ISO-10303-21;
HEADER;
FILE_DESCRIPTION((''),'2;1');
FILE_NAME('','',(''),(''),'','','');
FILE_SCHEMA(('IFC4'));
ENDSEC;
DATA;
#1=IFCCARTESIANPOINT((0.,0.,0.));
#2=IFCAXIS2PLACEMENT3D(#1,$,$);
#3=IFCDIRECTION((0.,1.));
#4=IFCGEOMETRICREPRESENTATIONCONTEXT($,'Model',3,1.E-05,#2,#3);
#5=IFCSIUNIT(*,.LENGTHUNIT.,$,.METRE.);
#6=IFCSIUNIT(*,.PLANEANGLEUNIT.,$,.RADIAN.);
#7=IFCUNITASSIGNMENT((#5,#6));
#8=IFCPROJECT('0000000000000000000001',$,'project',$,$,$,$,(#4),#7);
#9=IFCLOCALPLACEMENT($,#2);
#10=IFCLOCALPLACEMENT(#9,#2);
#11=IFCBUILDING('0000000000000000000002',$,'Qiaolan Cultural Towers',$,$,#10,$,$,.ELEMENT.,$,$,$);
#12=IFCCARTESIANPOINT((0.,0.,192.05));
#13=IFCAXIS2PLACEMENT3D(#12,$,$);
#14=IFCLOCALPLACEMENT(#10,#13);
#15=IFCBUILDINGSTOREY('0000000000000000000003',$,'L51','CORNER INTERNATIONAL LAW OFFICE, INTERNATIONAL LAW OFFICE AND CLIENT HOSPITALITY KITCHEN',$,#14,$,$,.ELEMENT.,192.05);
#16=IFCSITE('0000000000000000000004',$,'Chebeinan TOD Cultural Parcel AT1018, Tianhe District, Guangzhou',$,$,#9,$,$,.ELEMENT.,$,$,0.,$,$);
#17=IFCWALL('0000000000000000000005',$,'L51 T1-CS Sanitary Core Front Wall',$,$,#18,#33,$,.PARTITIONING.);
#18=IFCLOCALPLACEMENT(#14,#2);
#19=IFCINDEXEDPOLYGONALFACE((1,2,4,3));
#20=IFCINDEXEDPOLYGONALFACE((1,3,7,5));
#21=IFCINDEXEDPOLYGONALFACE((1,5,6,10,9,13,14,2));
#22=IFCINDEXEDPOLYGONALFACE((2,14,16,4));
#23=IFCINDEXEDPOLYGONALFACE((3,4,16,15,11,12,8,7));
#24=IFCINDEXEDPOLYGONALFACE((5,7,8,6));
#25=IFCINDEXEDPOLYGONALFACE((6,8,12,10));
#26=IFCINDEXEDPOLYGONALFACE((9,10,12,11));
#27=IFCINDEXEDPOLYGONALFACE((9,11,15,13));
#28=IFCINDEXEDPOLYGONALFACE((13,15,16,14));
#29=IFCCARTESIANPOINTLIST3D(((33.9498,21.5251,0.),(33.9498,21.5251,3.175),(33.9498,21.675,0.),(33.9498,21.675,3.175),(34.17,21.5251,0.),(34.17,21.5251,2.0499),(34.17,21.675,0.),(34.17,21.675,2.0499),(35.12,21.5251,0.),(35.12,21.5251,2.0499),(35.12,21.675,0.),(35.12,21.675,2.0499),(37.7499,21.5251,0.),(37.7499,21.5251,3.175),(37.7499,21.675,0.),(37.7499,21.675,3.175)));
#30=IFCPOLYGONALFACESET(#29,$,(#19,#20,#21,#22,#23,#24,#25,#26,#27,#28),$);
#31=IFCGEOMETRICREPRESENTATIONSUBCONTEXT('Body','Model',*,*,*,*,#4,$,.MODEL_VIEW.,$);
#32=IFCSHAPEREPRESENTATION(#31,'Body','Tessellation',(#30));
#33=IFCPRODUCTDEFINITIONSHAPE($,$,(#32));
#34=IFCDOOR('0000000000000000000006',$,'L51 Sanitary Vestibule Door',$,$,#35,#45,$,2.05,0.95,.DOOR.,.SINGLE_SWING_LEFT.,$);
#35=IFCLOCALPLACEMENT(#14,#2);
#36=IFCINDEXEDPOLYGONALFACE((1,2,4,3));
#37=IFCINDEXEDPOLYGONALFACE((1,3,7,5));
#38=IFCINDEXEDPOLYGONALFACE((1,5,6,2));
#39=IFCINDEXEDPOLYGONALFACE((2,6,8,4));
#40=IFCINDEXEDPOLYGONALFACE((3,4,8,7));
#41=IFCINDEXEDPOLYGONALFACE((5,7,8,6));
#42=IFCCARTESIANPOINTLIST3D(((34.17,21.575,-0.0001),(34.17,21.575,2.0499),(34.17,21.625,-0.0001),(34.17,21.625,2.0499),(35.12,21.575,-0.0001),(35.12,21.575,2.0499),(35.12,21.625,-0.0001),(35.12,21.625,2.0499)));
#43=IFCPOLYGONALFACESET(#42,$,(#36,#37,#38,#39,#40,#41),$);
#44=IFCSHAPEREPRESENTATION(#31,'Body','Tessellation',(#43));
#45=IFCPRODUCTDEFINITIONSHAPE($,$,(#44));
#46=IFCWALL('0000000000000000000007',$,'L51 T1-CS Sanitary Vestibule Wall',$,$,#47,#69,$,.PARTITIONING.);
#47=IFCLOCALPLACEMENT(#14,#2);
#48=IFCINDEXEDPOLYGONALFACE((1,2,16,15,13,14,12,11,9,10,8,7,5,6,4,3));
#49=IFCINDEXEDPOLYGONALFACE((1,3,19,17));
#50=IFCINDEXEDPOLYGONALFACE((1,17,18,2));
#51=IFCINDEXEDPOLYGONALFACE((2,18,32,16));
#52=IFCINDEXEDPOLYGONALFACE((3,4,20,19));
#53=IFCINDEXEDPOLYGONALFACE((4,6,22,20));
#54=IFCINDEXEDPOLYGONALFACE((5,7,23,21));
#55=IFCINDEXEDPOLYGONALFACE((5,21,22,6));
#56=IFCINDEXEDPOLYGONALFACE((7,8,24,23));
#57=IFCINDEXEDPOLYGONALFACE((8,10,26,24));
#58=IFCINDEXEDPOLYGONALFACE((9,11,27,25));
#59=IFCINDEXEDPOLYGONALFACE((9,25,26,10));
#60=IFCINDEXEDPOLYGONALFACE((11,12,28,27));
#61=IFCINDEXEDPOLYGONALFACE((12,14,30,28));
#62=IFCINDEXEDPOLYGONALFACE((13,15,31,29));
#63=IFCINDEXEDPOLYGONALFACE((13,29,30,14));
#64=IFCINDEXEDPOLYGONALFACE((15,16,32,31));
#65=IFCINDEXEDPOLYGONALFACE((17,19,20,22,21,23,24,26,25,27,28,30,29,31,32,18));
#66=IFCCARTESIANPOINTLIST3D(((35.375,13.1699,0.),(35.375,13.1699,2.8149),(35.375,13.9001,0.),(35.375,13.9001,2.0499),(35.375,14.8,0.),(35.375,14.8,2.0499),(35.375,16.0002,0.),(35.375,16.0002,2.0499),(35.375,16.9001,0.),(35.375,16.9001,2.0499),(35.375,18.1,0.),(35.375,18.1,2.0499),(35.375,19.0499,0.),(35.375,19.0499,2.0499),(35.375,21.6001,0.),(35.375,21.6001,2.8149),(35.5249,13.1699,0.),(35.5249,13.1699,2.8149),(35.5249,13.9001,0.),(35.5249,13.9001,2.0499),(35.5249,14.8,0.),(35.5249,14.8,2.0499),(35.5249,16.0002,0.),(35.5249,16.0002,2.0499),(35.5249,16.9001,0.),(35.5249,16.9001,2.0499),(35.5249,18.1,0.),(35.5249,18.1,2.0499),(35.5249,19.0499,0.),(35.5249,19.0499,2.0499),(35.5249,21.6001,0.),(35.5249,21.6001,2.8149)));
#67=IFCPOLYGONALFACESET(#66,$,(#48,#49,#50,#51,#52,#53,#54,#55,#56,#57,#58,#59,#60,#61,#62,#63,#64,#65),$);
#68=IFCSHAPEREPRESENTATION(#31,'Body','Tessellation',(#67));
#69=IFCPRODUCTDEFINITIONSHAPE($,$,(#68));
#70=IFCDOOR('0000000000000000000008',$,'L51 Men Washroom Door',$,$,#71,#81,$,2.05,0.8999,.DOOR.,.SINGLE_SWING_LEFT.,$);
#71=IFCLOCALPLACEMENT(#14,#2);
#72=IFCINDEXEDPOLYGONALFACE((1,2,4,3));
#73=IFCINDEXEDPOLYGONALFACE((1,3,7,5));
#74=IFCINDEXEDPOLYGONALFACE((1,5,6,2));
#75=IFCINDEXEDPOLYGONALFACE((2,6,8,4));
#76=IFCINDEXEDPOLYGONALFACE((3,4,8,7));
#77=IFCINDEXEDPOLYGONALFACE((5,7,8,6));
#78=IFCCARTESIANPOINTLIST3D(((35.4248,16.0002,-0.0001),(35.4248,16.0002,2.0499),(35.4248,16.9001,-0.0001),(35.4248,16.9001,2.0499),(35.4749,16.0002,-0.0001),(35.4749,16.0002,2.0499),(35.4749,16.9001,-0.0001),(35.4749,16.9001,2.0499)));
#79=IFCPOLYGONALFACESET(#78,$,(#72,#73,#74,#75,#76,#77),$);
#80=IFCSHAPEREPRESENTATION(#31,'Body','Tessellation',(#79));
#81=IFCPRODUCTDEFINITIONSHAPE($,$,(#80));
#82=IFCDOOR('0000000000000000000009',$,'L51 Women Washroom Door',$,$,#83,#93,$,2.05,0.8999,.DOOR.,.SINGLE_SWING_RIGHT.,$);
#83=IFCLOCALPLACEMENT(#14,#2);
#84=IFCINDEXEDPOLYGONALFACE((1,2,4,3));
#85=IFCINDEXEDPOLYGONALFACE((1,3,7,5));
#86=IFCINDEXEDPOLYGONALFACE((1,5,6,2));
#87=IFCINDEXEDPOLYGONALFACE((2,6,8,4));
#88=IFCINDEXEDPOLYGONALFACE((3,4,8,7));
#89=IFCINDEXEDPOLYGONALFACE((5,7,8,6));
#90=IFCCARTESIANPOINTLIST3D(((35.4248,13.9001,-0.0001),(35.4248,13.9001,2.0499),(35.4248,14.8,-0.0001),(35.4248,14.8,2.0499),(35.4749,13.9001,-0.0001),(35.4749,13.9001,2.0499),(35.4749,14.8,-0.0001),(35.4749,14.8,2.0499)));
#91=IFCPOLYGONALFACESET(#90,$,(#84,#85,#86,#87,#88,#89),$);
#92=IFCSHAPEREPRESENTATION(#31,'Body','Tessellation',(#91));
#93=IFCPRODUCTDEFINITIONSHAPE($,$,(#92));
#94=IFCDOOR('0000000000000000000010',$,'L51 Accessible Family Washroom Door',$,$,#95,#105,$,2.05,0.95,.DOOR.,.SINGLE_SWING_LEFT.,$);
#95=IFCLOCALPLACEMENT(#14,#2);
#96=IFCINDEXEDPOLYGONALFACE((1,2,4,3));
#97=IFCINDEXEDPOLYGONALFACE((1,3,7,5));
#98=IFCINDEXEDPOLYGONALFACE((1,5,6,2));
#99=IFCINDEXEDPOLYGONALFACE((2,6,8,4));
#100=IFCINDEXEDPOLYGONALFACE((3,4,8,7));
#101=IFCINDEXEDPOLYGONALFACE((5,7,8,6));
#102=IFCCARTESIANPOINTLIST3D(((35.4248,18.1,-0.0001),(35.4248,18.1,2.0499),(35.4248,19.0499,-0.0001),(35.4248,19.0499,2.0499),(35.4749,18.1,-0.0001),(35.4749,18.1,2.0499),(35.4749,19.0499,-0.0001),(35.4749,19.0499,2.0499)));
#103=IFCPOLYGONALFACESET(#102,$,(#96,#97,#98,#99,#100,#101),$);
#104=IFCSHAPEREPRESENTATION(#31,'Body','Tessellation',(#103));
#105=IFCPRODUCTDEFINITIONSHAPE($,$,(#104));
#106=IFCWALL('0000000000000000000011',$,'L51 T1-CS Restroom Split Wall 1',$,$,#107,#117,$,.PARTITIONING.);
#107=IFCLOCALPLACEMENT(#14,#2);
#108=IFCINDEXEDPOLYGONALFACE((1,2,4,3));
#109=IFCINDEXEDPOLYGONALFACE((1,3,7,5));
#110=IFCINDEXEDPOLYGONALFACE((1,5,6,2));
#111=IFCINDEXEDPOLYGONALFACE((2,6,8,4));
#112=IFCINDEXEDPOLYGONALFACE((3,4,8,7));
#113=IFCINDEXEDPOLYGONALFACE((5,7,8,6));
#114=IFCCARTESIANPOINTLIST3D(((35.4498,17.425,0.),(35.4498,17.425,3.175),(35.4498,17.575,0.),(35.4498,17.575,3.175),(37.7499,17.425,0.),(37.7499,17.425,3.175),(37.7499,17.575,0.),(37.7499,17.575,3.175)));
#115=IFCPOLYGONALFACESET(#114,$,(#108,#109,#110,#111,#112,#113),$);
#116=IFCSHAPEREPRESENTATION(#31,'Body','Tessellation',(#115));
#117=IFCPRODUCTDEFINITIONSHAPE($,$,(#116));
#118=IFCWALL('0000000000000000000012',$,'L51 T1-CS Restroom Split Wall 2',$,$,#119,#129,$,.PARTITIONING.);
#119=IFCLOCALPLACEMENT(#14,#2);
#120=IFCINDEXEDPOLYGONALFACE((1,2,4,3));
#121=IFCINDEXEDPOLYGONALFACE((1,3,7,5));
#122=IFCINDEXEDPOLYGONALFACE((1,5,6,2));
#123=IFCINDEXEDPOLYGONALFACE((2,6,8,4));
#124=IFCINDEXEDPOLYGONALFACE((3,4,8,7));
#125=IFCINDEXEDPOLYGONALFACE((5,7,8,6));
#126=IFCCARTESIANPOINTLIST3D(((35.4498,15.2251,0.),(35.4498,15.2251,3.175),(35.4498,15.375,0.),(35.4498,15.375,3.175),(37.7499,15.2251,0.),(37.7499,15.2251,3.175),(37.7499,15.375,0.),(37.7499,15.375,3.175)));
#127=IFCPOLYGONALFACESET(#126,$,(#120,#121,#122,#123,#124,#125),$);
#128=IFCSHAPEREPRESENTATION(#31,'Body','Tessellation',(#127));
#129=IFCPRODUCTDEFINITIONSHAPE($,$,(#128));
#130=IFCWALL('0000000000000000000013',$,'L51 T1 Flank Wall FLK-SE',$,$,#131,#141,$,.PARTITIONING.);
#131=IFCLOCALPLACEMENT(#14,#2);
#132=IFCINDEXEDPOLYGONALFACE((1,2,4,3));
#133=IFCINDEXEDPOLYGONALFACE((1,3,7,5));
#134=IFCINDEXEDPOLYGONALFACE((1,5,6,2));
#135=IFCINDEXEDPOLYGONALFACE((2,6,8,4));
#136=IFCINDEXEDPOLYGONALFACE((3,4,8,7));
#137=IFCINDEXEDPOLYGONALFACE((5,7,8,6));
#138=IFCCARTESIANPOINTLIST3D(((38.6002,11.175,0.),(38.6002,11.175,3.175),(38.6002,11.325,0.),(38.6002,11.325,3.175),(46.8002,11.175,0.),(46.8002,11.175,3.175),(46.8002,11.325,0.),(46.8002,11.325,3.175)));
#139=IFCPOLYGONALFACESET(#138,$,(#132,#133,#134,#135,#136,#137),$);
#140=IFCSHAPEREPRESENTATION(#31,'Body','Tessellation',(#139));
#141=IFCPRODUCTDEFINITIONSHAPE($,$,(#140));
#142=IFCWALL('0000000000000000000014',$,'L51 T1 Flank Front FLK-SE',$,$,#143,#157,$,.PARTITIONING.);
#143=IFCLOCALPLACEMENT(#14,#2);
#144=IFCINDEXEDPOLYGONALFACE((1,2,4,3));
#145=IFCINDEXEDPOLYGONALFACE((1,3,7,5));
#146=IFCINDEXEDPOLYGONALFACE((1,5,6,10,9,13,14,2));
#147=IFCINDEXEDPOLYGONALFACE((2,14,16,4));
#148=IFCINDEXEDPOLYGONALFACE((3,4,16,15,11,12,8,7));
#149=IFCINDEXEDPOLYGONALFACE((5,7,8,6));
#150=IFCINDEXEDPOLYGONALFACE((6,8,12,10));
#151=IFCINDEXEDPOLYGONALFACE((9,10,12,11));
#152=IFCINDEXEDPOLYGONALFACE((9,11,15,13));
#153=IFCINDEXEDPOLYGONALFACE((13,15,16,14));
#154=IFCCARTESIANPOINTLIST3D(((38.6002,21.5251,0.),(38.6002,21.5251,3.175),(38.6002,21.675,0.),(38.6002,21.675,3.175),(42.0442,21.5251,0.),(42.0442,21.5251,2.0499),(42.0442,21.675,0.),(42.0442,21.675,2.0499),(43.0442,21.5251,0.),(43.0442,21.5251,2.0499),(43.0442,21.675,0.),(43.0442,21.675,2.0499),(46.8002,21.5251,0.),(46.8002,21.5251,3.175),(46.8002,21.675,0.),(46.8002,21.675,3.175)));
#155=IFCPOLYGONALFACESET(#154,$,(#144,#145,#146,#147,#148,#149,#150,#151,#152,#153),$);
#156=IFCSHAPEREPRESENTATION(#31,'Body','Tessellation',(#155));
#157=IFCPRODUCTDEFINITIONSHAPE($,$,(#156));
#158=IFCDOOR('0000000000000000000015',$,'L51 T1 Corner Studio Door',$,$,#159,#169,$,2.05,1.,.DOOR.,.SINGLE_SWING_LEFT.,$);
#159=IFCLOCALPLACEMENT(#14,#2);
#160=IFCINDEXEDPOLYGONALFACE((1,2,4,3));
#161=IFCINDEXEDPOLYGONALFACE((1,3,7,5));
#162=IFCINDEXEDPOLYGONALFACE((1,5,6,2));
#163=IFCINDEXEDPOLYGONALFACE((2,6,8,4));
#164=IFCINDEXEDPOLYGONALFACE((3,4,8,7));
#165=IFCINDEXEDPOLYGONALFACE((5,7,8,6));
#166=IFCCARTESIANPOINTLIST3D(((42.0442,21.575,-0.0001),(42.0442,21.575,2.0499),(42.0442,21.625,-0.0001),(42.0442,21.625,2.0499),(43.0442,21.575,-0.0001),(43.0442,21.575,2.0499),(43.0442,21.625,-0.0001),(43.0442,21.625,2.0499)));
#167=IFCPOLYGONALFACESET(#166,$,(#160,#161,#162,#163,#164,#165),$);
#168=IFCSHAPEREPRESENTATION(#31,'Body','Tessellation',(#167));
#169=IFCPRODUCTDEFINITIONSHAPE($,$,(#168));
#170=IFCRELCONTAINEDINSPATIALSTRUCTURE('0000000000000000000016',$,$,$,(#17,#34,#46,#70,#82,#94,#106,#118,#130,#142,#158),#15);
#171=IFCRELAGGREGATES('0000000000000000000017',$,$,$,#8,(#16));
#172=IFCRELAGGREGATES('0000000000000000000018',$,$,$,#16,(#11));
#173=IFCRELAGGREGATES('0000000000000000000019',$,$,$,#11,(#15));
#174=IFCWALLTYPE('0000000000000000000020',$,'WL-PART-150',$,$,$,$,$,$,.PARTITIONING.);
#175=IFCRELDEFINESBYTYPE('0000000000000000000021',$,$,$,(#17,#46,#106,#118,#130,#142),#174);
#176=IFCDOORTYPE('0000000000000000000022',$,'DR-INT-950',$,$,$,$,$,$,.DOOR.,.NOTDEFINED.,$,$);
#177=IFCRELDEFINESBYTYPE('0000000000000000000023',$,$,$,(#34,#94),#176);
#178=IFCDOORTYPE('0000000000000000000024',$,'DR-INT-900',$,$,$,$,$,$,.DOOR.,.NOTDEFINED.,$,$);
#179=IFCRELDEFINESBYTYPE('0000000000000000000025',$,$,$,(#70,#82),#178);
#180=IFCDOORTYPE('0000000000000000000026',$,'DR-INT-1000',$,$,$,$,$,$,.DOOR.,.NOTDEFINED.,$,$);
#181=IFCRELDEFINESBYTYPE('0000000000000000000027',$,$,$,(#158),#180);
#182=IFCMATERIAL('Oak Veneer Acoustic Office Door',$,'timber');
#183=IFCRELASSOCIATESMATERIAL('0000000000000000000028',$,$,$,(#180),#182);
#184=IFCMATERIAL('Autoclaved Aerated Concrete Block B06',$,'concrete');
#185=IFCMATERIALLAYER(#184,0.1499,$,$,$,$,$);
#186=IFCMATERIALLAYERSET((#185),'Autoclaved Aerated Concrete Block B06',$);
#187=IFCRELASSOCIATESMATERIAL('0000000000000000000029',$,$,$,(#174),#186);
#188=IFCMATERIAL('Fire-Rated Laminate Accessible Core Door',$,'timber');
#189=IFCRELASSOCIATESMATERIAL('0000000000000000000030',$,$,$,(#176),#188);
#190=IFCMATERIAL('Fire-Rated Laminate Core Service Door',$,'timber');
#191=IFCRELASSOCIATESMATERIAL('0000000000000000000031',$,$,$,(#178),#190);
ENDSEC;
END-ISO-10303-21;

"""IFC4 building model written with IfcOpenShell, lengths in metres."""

from ifc_helpers import new_model, si_unit, direction, frame, frame_2d, origin, place, context, subcontext, project, spatial, rectangle, extrude, material, layer, layer_set, type_object, element, fill, save


model = new_model("IFC4")

# Units and contexts
model_context = context("Model", 3, precision=1e-05, world=origin(), true_north=direction((0.0, 1.0)))
body_context = subcontext(model_context, "Body", "Model", "MODEL_VIEW")
ifc_project = project(units=[si_unit("LENGTHUNIT", "METRE"), si_unit("PLANEANGLEUNIT", "RADIAN")], contexts=[model_context])

# Site, building, storey
site_placement = place(None, origin())
site = spatial("IfcSite", under=ifc_project, at=site_placement, Name="Chebeinan TOD Cultural Parcel AT1018, Tianhe District, Guangzhou", CompositionType="ELEMENT", RefElevation=0.0)
building_placement = place(site_placement, origin())
building = spatial("IfcBuilding", under=site, at=building_placement, Name="Qiaolan Cultural Towers", CompositionType="ELEMENT")
storey_placement = place(building_placement, frame((0.0, 0.0, 192.05)))
storey = spatial("IfcBuildingStorey", under=building, at=storey_placement, Name="L51", Description="CORNER INTERNATIONAL LAW OFFICE, INTERNATIONAL LAW OFFICE AND CLIENT HOSPITALITY KITCHEN", CompositionType="ELEMENT", Elevation=192.05)

# Shared definitions
ifc_material_1 = material(Name="Oak Veneer Acoustic Office Door", Category="timber")
door_type_1 = type_object("IfcDoorType", Name="DR-INT-1000", OperationType="NOTDEFINED", PredefinedType="DOOR", material=ifc_material_1)

# Wall, opening, door
ifc_material_2 = material(Name="Autoclaved Aerated Concrete Block B06", Category="concrete")
ifc_layer_1 = layer(ifc_material_2, 0.1499)
ifc_layer_set_1 = layer_set([ifc_layer_1], Name="Autoclaved Aerated Concrete Block B06")
wall_type_1 = type_object("IfcWallType", Name="WL-PART-150", PredefinedType="PARTITIONING", material=ifc_layer_set_1)
wall_1_placement = place(storey_placement, frame((33.95, 21.6001, 0.0), z_axis=(0.0, 0.0, 1.0), x_axis=(1.0, 0.0, 0.0)))
wall_1 = element("IfcWall", 1, at=wall_1_placement, inside=storey, type_object=wall_type_1, Name="L51 T1-CS Sanitary Core Front Wall", PredefinedType="PARTITIONING", context=body_context, shape_type="SweptSolid", body=[
    extrude(rectangle(XDim=3.8, YDim=0.1499, at=frame_2d((1.8999, 0.0))), origin(), (0.0, 0.0, 1.0), 3.175),
])
opening_1_placement = place(wall_1_placement, frame((0.22, 0.0, 0.0)))
opening_1 = element("IfcOpeningElement", 2, at=opening_1_placement, cuts=wall_1, PredefinedType="OPENING", context=body_context, shape_type="SweptSolid", body=[
    extrude(rectangle(XDim=0.95, YDim=2.05, at=frame_2d((0.4751, 1.0249))), frame((0.0, 0.085, 0.0), z_axis=(0.0, -1.0, 0.0), x_axis=(1.0, 0.0, 0.0)), (0.0, 0.0, 1.0), 0.1699),
])
ifc_material_3 = material(Name="Fire-Rated Laminate Accessible Core Door", Category="timber")
door_type_2 = type_object("IfcDoorType", Name="DR-INT-950", OperationType="NOTDEFINED", PredefinedType="DOOR", material=ifc_material_3)
door_1_placement = place(opening_1_placement, origin())
door_1 = element("IfcDoor", 3, at=door_1_placement, inside=storey, type_object=door_type_2, Name="L51 Sanitary Vestibule Door", OperationType="SINGLE_SWING_LEFT", OverallHeight=2.05, OverallWidth=0.95, PredefinedType="DOOR", context=body_context, shape_type="SweptSolid", body=[
    extrude(rectangle(XDim=0.95, YDim=2.05, at=frame_2d((0.4751, 1.0249))), frame((0.0, 0.0249, 0.0), z_axis=(0.0, -1.0, 0.0), x_axis=(1.0, 0.0, 0.0)), (0.0, 0.0, 1.0), 0.05),
])
fill(opening_1, door_1)

# Wall, openings, doors
wall_2_placement = place(storey_placement, frame((35.45, 21.6001, 0.0), z_axis=(0.0, 0.0, 1.0), x_axis=(0.0, -1.0, 0.0)))
wall_2 = element("IfcWall", 4, at=wall_2_placement, inside=storey, type_object=wall_type_1, Name="L51 T1-CS Sanitary Vestibule Wall", PredefinedType="PARTITIONING", context=body_context, shape_type="SweptSolid", body=[
    extrude(rectangle(XDim=8.4302, YDim=0.1499, at=frame_2d((4.2151, 0.0))), origin(), (0.0, 0.0, 1.0), 2.8149),
])
opening_2_placement = place(wall_2_placement, frame((2.55, 0.0, 0.0)))
opening_2 = element("IfcOpeningElement", 5, at=opening_2_placement, cuts=wall_2, PredefinedType="OPENING", context=body_context, shape_type="SweptSolid", body=[
    extrude(rectangle(XDim=0.95, YDim=2.05, at=frame_2d((0.4751, 1.0249))), frame((0.0, 0.085, 0.0), z_axis=(0.0, -1.0, 0.0), x_axis=(1.0, 0.0, 0.0)), (0.0, 0.0, 1.0), 0.1699),
])
opening_3_placement = place(wall_2_placement, frame((4.7, 0.0, 0.0)))
opening_3 = element("IfcOpeningElement", 6, at=opening_3_placement, cuts=wall_2, PredefinedType="OPENING", context=body_context, shape_type="SweptSolid", body=[
    extrude(rectangle(XDim=0.8999, YDim=2.05, at=frame_2d((0.45, 1.0249))), frame((0.0, 0.085, 0.0), z_axis=(0.0, -1.0, 0.0), x_axis=(1.0, 0.0, 0.0)), (0.0, 0.0, 1.0), 0.1699),
])
opening_4_placement = place(wall_2_placement, frame((6.8, 0.0, 0.0)))
opening_4 = element("IfcOpeningElement", 7, at=opening_4_placement, cuts=wall_2, PredefinedType="OPENING", context=body_context, shape_type="SweptSolid", body=[
    extrude(rectangle(XDim=0.8999, YDim=2.05, at=frame_2d((0.45, 1.0249))), frame((0.0, 0.085, 0.0), z_axis=(0.0, -1.0, 0.0), x_axis=(1.0, 0.0, 0.0)), (0.0, 0.0, 1.0), 0.1699),
])
ifc_material_4 = material(Name="Fire-Rated Laminate Core Service Door", Category="timber")
door_type_3 = type_object("IfcDoorType", Name="DR-INT-900", OperationType="NOTDEFINED", PredefinedType="DOOR", material=ifc_material_4)
door_2_placement = place(opening_3_placement, origin())
door_2 = element("IfcDoor", 8, at=door_2_placement, inside=storey, type_object=door_type_3, Name="L51 Men Washroom Door", OperationType="SINGLE_SWING_LEFT", OverallHeight=2.05, OverallWidth=0.8999, PredefinedType="DOOR", context=body_context, shape_type="SweptSolid", body=[
    extrude(rectangle(XDim=0.8999, YDim=2.05, at=frame_2d((0.45, 1.0249))), frame((0.0, 0.0249, 0.0), z_axis=(0.0, -1.0, 0.0), x_axis=(1.0, 0.0, 0.0)), (0.0, 0.0, 1.0), 0.05),
])
fill(opening_3, door_2)
door_3_placement = place(opening_4_placement, origin())
door_3 = element("IfcDoor", 9, at=door_3_placement, inside=storey, type_object=door_type_3, Name="L51 Women Washroom Door", OperationType="SINGLE_SWING_RIGHT", OverallHeight=2.05, OverallWidth=0.8999, PredefinedType="DOOR", context=body_context, shape_type="SweptSolid", body=[
    extrude(rectangle(XDim=0.8999, YDim=2.05, at=frame_2d((0.45, 1.0249))), frame((0.0, 0.0249, 0.0), z_axis=(0.0, -1.0, 0.0), x_axis=(1.0, 0.0, 0.0)), (0.0, 0.0, 1.0), 0.05),
])
fill(opening_4, door_3)
door_4_placement = place(opening_2_placement, origin())
door_4 = element("IfcDoor", 10, at=door_4_placement, inside=storey, type_object=door_type_2, Name="L51 Accessible Family Washroom Door", OperationType="SINGLE_SWING_LEFT", OverallHeight=2.05, OverallWidth=0.95, PredefinedType="DOOR", context=body_context, shape_type="SweptSolid", body=[
    extrude(rectangle(XDim=0.95, YDim=2.05, at=frame_2d((0.4751, 1.0249))), frame((0.0, 0.0249, 0.0), z_axis=(0.0, -1.0, 0.0), x_axis=(1.0, 0.0, 0.0)), (0.0, 0.0, 1.0), 0.05),
])
fill(opening_2, door_4)

# Walls
for number, where, z_axis, x_axis, name in (
    (11, (35.45, 17.5, 0.0), (0.0, 0.0, 1.0), (1.0, 0.0, 0.0), "L51 T1-CS Restroom Split Wall 1"),
    (12, (35.45, 15.3, 0.0), (0.0, 0.0, 1.0), (1.0, 0.0, 0.0), "L51 T1-CS Restroom Split Wall 2"),
):
    element("IfcWall", number, at=place(storey_placement, frame(where, z_axis=z_axis, x_axis=x_axis)), inside=storey, type_object=wall_type_1, Name=name, PredefinedType="PARTITIONING", context=body_context, shape_type="SweptSolid", body=[
        extrude(rectangle(XDim=2.3, YDim=0.1499, at=frame_2d((1.1499, 0.0))), origin(), (0.0, 0.0, 1.0), 3.175),
    ])
wall_3_placement = place(storey_placement, frame((38.6001, 11.25, 0.0), z_axis=(0.0, 0.0, 1.0), x_axis=(1.0, 0.0, 0.0)))
element("IfcWall", 13, at=wall_3_placement, inside=storey, type_object=wall_type_1, Name="L51 T1 Flank Wall FLK-SE", PredefinedType="PARTITIONING", context=body_context, shape_type="SweptSolid", body=[
    extrude(rectangle(XDim=8.2, YDim=0.1499, at=frame_2d((4.1001, 0.0))), origin(), (0.0, 0.0, 1.0), 3.175),
])

# Wall, opening, door
wall_4_placement = place(storey_placement, frame((38.6001, 21.6001, 0.0), z_axis=(0.0, 0.0, 1.0), x_axis=(1.0, 0.0, 0.0)))
wall_4 = element("IfcWall", 14, at=wall_4_placement, inside=storey, type_object=wall_type_1, Name="L51 T1 Flank Front FLK-SE", PredefinedType="PARTITIONING", context=body_context, shape_type="SweptSolid", body=[
    extrude(rectangle(XDim=8.2, YDim=0.1499, at=frame_2d((4.1001, 0.0))), origin(), (0.0, 0.0, 1.0), 3.175),
])
opening_5_placement = place(wall_4_placement, frame((3.4441, 0.0, 0.0)))
opening_5 = element("IfcOpeningElement", 15, at=opening_5_placement, cuts=wall_4, PredefinedType="OPENING", context=body_context, shape_type="SweptSolid", body=[
    extrude(rectangle(XDim=1.0, YDim=2.05, at=frame_2d((0.5, 1.0249))), frame((0.0, 0.085, 0.0), z_axis=(0.0, -1.0, 0.0), x_axis=(1.0, 0.0, 0.0)), (0.0, 0.0, 1.0), 0.1699),
])
door_5_placement = place(opening_5_placement, origin())
door_5 = element("IfcDoor", 16, at=door_5_placement, inside=storey, type_object=door_type_1, Name="L51 T1 Corner Studio Door", OperationType="SINGLE_SWING_LEFT", OverallHeight=2.05, OverallWidth=1.0, PredefinedType="DOOR", context=body_context, shape_type="SweptSolid", body=[
    extrude(rectangle(XDim=1.0, YDim=2.05, at=frame_2d((0.5, 1.0249))), frame((0.0, 0.0249, 0.0), z_axis=(0.0, -1.0, 0.0), x_axis=(1.0, 0.0, 0.0)), (0.0, 0.0, 1.0), 0.05),
])
fill(opening_5, door_5)

save(model, "model.ifc")
